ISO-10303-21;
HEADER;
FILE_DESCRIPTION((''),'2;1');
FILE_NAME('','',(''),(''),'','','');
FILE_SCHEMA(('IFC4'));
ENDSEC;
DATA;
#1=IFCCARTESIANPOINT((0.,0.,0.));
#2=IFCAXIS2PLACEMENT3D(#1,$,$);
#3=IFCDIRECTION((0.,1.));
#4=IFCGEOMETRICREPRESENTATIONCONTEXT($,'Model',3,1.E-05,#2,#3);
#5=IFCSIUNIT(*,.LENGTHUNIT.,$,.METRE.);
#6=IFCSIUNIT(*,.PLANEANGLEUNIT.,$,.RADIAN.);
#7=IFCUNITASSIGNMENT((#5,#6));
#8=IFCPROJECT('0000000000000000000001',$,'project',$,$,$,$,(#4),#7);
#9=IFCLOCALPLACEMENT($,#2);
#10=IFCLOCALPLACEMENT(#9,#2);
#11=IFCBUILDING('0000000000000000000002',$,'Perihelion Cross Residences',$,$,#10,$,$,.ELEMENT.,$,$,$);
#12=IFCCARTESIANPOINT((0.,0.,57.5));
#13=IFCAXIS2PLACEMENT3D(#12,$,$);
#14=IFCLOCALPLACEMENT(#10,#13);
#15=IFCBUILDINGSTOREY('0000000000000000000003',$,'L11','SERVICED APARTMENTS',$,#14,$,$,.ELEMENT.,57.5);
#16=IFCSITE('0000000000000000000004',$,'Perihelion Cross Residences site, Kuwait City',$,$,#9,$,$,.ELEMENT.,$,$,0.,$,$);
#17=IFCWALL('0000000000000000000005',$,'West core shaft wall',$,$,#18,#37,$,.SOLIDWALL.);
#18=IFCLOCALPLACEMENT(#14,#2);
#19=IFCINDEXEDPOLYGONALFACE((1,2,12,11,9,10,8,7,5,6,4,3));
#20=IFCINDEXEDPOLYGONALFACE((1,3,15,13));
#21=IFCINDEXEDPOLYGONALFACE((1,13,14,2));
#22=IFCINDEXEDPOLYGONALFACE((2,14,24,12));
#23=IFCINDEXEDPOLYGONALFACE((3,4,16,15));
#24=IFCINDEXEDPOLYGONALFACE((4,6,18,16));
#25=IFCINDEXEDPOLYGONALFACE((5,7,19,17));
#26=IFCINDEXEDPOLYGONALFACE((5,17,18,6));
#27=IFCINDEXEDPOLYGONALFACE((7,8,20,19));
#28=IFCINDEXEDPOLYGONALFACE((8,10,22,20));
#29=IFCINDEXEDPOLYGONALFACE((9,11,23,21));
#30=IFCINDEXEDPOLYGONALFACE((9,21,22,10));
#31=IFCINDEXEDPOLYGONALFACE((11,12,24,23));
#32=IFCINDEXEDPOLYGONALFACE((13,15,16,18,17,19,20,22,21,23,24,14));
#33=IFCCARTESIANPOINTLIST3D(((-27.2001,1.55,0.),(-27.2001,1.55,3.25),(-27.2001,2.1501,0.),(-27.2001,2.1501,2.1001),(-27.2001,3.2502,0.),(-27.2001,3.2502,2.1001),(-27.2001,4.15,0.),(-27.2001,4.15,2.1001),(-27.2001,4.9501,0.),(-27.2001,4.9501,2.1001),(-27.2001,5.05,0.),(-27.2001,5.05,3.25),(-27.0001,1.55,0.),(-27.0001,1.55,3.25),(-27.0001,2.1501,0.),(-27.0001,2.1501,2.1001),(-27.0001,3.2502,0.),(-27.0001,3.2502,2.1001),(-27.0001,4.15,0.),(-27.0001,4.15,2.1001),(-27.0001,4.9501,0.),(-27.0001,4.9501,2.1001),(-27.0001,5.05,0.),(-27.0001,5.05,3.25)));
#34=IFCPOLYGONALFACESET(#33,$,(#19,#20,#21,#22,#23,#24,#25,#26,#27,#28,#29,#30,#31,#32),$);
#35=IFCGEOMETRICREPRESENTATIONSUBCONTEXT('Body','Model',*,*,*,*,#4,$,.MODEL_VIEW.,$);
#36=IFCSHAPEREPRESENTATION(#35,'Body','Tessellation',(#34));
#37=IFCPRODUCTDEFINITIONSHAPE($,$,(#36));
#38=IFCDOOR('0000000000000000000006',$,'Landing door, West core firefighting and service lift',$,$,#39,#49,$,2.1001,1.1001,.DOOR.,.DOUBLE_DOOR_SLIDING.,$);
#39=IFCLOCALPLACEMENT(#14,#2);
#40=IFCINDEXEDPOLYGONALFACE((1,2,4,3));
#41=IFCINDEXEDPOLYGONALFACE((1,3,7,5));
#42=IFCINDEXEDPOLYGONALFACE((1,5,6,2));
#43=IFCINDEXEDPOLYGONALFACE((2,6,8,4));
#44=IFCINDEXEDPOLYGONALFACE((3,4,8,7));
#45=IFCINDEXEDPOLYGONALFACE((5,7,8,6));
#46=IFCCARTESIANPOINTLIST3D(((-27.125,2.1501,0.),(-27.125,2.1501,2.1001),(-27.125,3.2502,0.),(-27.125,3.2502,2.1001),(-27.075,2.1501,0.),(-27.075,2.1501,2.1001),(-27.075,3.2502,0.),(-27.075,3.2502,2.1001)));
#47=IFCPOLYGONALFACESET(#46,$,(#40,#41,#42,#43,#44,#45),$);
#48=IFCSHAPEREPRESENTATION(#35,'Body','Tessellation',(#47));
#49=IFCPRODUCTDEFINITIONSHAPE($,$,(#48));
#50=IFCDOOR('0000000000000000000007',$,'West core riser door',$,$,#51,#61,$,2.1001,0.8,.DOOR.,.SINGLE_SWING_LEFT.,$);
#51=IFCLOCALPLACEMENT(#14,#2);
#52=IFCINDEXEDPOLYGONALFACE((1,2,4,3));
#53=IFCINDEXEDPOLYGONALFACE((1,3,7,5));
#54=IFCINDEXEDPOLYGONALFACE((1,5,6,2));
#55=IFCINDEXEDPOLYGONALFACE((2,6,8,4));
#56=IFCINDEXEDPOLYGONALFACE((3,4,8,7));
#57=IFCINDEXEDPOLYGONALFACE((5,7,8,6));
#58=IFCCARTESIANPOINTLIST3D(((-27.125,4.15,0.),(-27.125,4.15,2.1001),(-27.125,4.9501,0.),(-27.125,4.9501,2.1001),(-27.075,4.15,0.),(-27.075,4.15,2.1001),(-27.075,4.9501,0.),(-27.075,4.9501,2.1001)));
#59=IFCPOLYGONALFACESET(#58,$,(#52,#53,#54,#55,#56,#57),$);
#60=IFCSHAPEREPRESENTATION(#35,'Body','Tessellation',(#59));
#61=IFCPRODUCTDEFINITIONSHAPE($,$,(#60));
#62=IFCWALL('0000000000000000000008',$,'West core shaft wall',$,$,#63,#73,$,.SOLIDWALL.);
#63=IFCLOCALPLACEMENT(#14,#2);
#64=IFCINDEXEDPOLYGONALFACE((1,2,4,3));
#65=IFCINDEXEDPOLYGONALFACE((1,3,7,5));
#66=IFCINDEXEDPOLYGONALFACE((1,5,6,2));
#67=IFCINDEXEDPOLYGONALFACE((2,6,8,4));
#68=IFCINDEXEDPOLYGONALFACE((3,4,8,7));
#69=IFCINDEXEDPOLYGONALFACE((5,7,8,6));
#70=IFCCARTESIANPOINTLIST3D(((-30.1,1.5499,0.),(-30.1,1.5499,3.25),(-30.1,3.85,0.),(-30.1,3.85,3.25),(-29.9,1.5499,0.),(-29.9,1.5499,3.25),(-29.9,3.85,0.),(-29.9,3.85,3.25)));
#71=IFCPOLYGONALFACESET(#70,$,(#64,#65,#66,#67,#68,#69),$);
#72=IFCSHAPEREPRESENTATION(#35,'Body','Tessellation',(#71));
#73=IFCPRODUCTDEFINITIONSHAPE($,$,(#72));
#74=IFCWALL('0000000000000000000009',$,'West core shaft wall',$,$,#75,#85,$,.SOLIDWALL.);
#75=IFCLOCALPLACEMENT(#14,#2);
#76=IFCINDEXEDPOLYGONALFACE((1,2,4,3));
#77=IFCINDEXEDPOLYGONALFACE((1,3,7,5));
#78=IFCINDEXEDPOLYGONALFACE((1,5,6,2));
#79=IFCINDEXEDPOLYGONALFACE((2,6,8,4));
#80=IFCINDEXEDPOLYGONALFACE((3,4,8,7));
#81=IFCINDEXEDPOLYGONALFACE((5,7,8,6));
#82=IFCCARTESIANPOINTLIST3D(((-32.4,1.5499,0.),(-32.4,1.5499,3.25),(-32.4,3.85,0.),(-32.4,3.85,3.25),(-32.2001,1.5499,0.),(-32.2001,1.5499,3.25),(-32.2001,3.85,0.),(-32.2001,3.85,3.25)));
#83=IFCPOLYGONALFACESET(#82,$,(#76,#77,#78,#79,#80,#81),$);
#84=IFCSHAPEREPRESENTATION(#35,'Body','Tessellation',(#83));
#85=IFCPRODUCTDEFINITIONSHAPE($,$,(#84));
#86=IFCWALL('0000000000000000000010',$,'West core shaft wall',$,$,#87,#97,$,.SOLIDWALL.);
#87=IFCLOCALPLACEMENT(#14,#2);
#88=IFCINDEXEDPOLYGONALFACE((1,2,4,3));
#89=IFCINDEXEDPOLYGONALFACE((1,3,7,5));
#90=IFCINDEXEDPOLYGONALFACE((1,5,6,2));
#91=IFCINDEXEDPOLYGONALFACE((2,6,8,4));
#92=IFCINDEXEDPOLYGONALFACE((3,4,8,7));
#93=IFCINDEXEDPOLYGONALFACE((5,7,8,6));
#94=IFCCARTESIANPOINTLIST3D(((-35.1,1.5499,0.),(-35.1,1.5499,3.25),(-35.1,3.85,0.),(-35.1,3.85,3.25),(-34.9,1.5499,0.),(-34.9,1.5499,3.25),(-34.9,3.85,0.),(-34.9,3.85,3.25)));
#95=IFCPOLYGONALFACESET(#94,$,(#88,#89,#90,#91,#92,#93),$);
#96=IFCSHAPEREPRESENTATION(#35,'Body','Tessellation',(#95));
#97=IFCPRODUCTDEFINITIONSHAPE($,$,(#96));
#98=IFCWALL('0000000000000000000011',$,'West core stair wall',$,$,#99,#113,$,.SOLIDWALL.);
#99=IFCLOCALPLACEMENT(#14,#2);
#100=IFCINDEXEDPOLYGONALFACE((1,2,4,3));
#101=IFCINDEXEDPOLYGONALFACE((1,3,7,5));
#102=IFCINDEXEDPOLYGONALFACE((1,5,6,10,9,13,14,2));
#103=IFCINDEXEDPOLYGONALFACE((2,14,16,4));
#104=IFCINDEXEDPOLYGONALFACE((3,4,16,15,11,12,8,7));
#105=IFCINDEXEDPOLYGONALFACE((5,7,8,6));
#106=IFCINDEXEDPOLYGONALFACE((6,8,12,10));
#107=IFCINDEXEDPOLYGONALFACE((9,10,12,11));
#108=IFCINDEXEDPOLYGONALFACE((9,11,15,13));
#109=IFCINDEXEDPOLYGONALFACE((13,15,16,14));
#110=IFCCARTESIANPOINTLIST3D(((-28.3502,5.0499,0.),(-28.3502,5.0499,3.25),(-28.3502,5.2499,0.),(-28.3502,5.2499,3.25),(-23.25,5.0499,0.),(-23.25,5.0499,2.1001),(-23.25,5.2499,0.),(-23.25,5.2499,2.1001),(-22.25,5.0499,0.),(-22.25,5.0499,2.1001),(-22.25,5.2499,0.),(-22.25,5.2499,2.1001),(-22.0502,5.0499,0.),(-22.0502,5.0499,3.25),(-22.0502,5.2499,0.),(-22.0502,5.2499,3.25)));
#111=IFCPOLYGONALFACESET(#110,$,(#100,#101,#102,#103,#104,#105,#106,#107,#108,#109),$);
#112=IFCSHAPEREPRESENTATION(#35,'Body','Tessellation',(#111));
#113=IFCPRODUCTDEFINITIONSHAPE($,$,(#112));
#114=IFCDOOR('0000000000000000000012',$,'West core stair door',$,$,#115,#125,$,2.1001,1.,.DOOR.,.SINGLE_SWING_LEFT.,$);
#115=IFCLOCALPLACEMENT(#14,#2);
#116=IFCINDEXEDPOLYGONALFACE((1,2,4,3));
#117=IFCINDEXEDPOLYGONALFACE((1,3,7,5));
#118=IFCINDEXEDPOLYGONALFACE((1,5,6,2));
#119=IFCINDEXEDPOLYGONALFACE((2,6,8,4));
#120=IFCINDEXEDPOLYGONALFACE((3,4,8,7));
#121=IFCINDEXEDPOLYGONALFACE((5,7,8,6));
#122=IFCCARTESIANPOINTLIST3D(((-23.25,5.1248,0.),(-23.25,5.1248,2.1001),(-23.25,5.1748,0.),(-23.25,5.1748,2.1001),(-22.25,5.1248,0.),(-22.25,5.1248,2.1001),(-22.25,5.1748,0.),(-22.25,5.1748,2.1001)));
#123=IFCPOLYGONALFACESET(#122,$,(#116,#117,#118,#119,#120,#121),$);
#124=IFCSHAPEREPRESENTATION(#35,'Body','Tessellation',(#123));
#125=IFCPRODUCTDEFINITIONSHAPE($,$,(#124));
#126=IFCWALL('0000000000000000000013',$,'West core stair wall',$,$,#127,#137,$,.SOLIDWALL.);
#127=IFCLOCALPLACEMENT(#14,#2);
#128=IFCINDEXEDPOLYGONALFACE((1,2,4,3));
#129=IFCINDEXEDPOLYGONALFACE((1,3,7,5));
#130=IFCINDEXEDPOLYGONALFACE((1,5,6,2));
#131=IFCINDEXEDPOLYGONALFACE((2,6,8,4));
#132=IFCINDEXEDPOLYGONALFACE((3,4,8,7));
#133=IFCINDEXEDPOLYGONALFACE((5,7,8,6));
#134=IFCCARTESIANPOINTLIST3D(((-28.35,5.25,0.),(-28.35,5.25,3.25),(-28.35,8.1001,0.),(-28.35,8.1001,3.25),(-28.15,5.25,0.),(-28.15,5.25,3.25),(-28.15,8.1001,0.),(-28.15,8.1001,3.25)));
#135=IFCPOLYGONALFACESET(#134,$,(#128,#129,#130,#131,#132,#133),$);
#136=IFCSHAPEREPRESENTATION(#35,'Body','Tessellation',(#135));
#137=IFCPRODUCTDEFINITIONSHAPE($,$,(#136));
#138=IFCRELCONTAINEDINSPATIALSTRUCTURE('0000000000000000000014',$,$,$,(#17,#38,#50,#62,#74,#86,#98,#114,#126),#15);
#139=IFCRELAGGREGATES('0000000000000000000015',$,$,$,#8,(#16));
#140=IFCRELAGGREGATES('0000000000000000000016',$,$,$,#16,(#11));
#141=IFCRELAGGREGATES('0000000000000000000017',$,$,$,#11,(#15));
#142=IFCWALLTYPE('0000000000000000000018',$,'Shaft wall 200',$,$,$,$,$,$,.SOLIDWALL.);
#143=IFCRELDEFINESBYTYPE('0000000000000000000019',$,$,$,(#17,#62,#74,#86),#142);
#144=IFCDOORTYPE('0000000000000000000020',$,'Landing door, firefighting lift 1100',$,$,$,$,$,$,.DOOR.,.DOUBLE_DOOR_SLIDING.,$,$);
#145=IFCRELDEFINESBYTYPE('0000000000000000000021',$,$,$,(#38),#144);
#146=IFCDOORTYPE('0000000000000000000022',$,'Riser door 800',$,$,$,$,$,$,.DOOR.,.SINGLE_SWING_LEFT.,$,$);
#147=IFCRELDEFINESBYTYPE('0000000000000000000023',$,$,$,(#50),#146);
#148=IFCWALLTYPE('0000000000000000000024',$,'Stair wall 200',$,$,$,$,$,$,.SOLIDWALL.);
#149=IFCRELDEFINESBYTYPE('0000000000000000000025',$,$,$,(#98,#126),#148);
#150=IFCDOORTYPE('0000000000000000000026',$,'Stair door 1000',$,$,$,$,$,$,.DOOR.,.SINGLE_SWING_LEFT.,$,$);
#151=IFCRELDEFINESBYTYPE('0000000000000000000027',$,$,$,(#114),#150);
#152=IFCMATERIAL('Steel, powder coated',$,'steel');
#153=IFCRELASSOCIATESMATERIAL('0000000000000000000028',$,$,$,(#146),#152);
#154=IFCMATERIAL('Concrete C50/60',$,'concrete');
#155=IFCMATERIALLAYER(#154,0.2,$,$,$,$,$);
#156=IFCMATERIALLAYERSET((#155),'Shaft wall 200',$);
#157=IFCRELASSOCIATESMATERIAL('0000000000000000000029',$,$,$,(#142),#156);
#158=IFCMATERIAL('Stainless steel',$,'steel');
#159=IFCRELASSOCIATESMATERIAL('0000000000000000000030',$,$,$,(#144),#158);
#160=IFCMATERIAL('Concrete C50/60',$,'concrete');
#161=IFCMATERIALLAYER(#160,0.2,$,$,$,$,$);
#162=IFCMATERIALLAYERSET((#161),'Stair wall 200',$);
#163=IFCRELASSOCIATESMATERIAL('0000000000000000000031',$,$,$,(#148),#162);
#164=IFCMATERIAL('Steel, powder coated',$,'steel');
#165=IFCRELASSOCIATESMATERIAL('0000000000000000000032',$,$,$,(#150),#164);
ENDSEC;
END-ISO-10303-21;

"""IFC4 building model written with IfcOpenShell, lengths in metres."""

from ifc_helpers import new_model, si_unit, direction, frame, frame_2d, origin, place, context, subcontext, project, spatial, rectangle, extrude, material, layer, layer_set, type_object, element, fill, save


model = new_model("IFC4")

# Units and contexts
model_context = context("Model", 3, precision=1e-05, world=origin(), true_north=direction((0.0, 1.0)))
body_context = subcontext(model_context, "Body", "Model", "MODEL_VIEW")
ifc_project = project(units=[si_unit("LENGTHUNIT", "METRE"), si_unit("PLANEANGLEUNIT", "RADIAN")], contexts=[model_context])

# Site, building, storey
site_placement = place(None, origin())
site = spatial("IfcSite", under=ifc_project, at=site_placement, Name="Perihelion Cross Residences site, Kuwait City", CompositionType="ELEMENT", RefElevation=0.0)
building_placement = place(site_placement, origin())
building = spatial("IfcBuilding", under=site, at=building_placement, Name="Perihelion Cross Residences", CompositionType="ELEMENT")
storey_placement = place(building_placement, frame((0.0, 0.0, 57.5)))
storey = spatial("IfcBuildingStorey", under=building, at=storey_placement, Name="L11", Description="SERVICED APARTMENTS", CompositionType="ELEMENT", Elevation=57.5)

# Shared definitions
ifc_material_1 = material(Name="Steel, powder coated", Category="steel")
door_type_1 = type_object("IfcDoorType", Name="Riser door 800", OperationType="SINGLE_SWING_LEFT", PredefinedType="DOOR", material=ifc_material_1)

# Shared definitions
ifc_material_2 = material(Name="Concrete C50/60", Category="concrete")
ifc_layer_1 = layer(ifc_material_2, 0.2)
ifc_layer_set_1 = layer_set([ifc_layer_1], Name="Shaft wall 200")
wall_type_1 = type_object("IfcWallType", Name="Shaft wall 200", PredefinedType="SOLIDWALL", material=ifc_layer_set_1)

# Wall, openings, doors
wall_1_placement = place(storey_placement, frame((-27.1001, 1.55, 0.0), z_axis=(0.0, 0.0, 1.0), x_axis=(0.0, 1.0, 0.0)))
wall_1 = element("IfcWall", 1, at=wall_1_placement, inside=storey, type_object=wall_type_1, Name="West core shaft wall", PredefinedType="SOLIDWALL", context=body_context, shape_type="SweptSolid", body=[
    extrude(rectangle(XDim=3.5, YDim=0.2, at=frame_2d((1.75, 0.0))), origin(), (0.0, 0.0, 1.0), 3.25),
])
opening_1_placement = place(wall_1_placement, frame((0.6001, 0.0, 0.0)))
opening_1 = element("IfcOpeningElement", 2, at=opening_1_placement, cuts=wall_1, PredefinedType="OPENING", context=body_context, shape_type="SweptSolid", body=[
    extrude(rectangle(XDim=1.1001, YDim=2.1001, at=frame_2d((0.55, 1.05))), frame((0.0, 0.1099, 0.0), z_axis=(0.0, -1.0, 0.0), x_axis=(1.0, 0.0, 0.0)), (0.0, 0.0, 1.0), 0.22),
])
opening_2_placement = place(wall_1_placement, frame((2.6001, 0.0, 0.0)))
opening_2 = element("IfcOpeningElement", 3, at=opening_2_placement, cuts=wall_1, PredefinedType="OPENING", context=body_context, shape_type="SweptSolid", body=[
    extrude(rectangle(XDim=0.8, YDim=2.1001, at=frame_2d((0.3999, 1.05))), frame((0.0, 0.1099, 0.0), z_axis=(0.0, -1.0, 0.0), x_axis=(1.0, 0.0, 0.0)), (0.0, 0.0, 1.0), 0.22),
])
ifc_material_3 = material(Name="Stainless steel", Category="steel")
door_type_2 = type_object("IfcDoorType", Name="Landing door, firefighting lift 1100", OperationType="DOUBLE_DOOR_SLIDING", PredefinedType="DOOR", material=ifc_material_3)
door_1_placement = place(opening_1_placement, origin())
door_1 = element("IfcDoor", 4, at=door_1_placement, inside=storey, type_object=door_type_2, Name="Landing door, West core firefighting and service lift", OperationType="DOUBLE_DOOR_SLIDING", OverallHeight=2.1001, OverallWidth=1.1001, PredefinedType="DOOR", context=body_context, shape_type="SweptSolid", body=[
    extrude(rectangle(XDim=1.1001, YDim=2.1001, at=frame_2d((0.55, 1.05))), frame((0.0, 0.0249, 0.0), z_axis=(0.0, -1.0, 0.0), x_axis=(1.0, 0.0, 0.0)), (0.0, 0.0, 1.0), 0.05),
])
fill(opening_1, door_1)
door_2_placement = place(opening_2_placement, origin())
door_2 = element("IfcDoor", 5, at=door_2_placement, inside=storey, type_object=door_type_1, Name="West core riser door", OperationType="SINGLE_SWING_LEFT", OverallHeight=2.1001, OverallWidth=0.8, PredefinedType="DOOR", context=body_context, shape_type="SweptSolid", body=[
    extrude(rectangle(XDim=0.8, YDim=2.1001, at=frame_2d((0.3999, 1.05))), frame((0.0, 0.0249, 0.0), z_axis=(0.0, -1.0, 0.0), x_axis=(1.0, 0.0, 0.0)), (0.0, 0.0, 1.0), 0.05),
])
fill(opening_2, door_2)

# Walls
for number, where, z_axis, x_axis, name in (
    (6, (-30.0, 1.55, 0.0), (0.0, 0.0, 1.0), (0.0, 1.0, 0.0), "West core shaft wall"),
    (7, (-32.3, 1.55, 0.0), (0.0, 0.0, 1.0), (0.0, 1.0, 0.0), "West core shaft wall"),
    (8, (-35.0, 1.55, 0.0), (0.0, 0.0, 1.0), (0.0, 1.0, 0.0), "West core shaft wall"),
):
    element("IfcWall", number, at=place(storey_placement, frame(where, z_axis=z_axis, x_axis=x_axis)), inside=storey, type_object=wall_type_1, Name=name, PredefinedType="SOLIDWALL", context=body_context, shape_type="SweptSolid", body=[
        extrude(rectangle(XDim=2.3, YDim=0.2, at=frame_2d((1.1499, 0.0))), origin(), (0.0, 0.0, 1.0), 3.25),
    ])

# Wall, opening, door
ifc_material_4 = material(Name="Concrete C50/60", Category="concrete")
ifc_layer_2 = layer(ifc_material_4, 0.2)
ifc_layer_set_2 = layer_set([ifc_layer_2], Name="Stair wall 200")
wall_type_2 = type_object("IfcWallType", Name="Stair wall 200", PredefinedType="SOLIDWALL", material=ifc_layer_set_2)
wall_2_placement = place(storey_placement, frame((-28.3501, 5.1499, 0.0), z_axis=(0.0, 0.0, 1.0), x_axis=(1.0, 0.0, 0.0)))
wall_2 = element("IfcWall", 9, at=wall_2_placement, inside=storey, type_object=wall_type_2, Name="West core stair wall", PredefinedType="SOLIDWALL", context=body_context, shape_type="SweptSolid", body=[
    extrude(rectangle(XDim=6.3, YDim=0.2, at=frame_2d((3.1499, 0.0))), origin(), (0.0, 0.0, 1.0), 3.25),
])
opening_3_placement = place(wall_2_placement, frame((5.1001, 0.0, 0.0)))
opening_3 = element("IfcOpeningElement", 10, at=opening_3_placement, cuts=wall_2, PredefinedType="OPENING", context=body_context, shape_type="SweptSolid", body=[
    extrude(rectangle(XDim=1.0, YDim=2.1001, at=frame_2d((0.5, 1.05))), frame((0.0, 0.1099, 0.0), z_axis=(0.0, -1.0, 0.0), x_axis=(1.0, 0.0, 0.0)), (0.0, 0.0, 1.0), 0.22),
])
ifc_material_5 = material(Name="Steel, powder coated", Category="steel")
door_type_3 = type_object("IfcDoorType", Name="Stair door 1000", OperationType="SINGLE_SWING_LEFT", PredefinedType="DOOR", material=ifc_material_5)
door_3_placement = place(opening_3_placement, origin())
door_3 = element("IfcDoor", 11, at=door_3_placement, inside=storey, type_object=door_type_3, Name="West core stair door", OperationType="SINGLE_SWING_LEFT", OverallHeight=2.1001, OverallWidth=1.0, PredefinedType="DOOR", context=body_context, shape_type="SweptSolid", body=[
    extrude(rectangle(XDim=1.0, YDim=2.1001, at=frame_2d((0.5, 1.05))), frame((0.0, 0.0249, 0.0), z_axis=(0.0, -1.0, 0.0), x_axis=(1.0, 0.0, 0.0)), (0.0, 0.0, 1.0), 0.05),
])
fill(opening_3, door_3)

# Wall
wall_3_placement = place(storey_placement, frame((-28.25, 5.25, 0.0), z_axis=(0.0, 0.0, 1.0), x_axis=(0.0, 1.0, 0.0)))
element("IfcWall", 12, at=wall_3_placement, inside=storey, type_object=wall_type_2, Name="West core stair wall", PredefinedType="SOLIDWALL", context=body_context, shape_type="SweptSolid", body=[
    extrude(rectangle(XDim=2.8501, YDim=0.2, at=frame_2d((1.425, 0.0))), origin(), (0.0, 0.0, 1.0), 3.25),
])

save(model, "model.ifc")
